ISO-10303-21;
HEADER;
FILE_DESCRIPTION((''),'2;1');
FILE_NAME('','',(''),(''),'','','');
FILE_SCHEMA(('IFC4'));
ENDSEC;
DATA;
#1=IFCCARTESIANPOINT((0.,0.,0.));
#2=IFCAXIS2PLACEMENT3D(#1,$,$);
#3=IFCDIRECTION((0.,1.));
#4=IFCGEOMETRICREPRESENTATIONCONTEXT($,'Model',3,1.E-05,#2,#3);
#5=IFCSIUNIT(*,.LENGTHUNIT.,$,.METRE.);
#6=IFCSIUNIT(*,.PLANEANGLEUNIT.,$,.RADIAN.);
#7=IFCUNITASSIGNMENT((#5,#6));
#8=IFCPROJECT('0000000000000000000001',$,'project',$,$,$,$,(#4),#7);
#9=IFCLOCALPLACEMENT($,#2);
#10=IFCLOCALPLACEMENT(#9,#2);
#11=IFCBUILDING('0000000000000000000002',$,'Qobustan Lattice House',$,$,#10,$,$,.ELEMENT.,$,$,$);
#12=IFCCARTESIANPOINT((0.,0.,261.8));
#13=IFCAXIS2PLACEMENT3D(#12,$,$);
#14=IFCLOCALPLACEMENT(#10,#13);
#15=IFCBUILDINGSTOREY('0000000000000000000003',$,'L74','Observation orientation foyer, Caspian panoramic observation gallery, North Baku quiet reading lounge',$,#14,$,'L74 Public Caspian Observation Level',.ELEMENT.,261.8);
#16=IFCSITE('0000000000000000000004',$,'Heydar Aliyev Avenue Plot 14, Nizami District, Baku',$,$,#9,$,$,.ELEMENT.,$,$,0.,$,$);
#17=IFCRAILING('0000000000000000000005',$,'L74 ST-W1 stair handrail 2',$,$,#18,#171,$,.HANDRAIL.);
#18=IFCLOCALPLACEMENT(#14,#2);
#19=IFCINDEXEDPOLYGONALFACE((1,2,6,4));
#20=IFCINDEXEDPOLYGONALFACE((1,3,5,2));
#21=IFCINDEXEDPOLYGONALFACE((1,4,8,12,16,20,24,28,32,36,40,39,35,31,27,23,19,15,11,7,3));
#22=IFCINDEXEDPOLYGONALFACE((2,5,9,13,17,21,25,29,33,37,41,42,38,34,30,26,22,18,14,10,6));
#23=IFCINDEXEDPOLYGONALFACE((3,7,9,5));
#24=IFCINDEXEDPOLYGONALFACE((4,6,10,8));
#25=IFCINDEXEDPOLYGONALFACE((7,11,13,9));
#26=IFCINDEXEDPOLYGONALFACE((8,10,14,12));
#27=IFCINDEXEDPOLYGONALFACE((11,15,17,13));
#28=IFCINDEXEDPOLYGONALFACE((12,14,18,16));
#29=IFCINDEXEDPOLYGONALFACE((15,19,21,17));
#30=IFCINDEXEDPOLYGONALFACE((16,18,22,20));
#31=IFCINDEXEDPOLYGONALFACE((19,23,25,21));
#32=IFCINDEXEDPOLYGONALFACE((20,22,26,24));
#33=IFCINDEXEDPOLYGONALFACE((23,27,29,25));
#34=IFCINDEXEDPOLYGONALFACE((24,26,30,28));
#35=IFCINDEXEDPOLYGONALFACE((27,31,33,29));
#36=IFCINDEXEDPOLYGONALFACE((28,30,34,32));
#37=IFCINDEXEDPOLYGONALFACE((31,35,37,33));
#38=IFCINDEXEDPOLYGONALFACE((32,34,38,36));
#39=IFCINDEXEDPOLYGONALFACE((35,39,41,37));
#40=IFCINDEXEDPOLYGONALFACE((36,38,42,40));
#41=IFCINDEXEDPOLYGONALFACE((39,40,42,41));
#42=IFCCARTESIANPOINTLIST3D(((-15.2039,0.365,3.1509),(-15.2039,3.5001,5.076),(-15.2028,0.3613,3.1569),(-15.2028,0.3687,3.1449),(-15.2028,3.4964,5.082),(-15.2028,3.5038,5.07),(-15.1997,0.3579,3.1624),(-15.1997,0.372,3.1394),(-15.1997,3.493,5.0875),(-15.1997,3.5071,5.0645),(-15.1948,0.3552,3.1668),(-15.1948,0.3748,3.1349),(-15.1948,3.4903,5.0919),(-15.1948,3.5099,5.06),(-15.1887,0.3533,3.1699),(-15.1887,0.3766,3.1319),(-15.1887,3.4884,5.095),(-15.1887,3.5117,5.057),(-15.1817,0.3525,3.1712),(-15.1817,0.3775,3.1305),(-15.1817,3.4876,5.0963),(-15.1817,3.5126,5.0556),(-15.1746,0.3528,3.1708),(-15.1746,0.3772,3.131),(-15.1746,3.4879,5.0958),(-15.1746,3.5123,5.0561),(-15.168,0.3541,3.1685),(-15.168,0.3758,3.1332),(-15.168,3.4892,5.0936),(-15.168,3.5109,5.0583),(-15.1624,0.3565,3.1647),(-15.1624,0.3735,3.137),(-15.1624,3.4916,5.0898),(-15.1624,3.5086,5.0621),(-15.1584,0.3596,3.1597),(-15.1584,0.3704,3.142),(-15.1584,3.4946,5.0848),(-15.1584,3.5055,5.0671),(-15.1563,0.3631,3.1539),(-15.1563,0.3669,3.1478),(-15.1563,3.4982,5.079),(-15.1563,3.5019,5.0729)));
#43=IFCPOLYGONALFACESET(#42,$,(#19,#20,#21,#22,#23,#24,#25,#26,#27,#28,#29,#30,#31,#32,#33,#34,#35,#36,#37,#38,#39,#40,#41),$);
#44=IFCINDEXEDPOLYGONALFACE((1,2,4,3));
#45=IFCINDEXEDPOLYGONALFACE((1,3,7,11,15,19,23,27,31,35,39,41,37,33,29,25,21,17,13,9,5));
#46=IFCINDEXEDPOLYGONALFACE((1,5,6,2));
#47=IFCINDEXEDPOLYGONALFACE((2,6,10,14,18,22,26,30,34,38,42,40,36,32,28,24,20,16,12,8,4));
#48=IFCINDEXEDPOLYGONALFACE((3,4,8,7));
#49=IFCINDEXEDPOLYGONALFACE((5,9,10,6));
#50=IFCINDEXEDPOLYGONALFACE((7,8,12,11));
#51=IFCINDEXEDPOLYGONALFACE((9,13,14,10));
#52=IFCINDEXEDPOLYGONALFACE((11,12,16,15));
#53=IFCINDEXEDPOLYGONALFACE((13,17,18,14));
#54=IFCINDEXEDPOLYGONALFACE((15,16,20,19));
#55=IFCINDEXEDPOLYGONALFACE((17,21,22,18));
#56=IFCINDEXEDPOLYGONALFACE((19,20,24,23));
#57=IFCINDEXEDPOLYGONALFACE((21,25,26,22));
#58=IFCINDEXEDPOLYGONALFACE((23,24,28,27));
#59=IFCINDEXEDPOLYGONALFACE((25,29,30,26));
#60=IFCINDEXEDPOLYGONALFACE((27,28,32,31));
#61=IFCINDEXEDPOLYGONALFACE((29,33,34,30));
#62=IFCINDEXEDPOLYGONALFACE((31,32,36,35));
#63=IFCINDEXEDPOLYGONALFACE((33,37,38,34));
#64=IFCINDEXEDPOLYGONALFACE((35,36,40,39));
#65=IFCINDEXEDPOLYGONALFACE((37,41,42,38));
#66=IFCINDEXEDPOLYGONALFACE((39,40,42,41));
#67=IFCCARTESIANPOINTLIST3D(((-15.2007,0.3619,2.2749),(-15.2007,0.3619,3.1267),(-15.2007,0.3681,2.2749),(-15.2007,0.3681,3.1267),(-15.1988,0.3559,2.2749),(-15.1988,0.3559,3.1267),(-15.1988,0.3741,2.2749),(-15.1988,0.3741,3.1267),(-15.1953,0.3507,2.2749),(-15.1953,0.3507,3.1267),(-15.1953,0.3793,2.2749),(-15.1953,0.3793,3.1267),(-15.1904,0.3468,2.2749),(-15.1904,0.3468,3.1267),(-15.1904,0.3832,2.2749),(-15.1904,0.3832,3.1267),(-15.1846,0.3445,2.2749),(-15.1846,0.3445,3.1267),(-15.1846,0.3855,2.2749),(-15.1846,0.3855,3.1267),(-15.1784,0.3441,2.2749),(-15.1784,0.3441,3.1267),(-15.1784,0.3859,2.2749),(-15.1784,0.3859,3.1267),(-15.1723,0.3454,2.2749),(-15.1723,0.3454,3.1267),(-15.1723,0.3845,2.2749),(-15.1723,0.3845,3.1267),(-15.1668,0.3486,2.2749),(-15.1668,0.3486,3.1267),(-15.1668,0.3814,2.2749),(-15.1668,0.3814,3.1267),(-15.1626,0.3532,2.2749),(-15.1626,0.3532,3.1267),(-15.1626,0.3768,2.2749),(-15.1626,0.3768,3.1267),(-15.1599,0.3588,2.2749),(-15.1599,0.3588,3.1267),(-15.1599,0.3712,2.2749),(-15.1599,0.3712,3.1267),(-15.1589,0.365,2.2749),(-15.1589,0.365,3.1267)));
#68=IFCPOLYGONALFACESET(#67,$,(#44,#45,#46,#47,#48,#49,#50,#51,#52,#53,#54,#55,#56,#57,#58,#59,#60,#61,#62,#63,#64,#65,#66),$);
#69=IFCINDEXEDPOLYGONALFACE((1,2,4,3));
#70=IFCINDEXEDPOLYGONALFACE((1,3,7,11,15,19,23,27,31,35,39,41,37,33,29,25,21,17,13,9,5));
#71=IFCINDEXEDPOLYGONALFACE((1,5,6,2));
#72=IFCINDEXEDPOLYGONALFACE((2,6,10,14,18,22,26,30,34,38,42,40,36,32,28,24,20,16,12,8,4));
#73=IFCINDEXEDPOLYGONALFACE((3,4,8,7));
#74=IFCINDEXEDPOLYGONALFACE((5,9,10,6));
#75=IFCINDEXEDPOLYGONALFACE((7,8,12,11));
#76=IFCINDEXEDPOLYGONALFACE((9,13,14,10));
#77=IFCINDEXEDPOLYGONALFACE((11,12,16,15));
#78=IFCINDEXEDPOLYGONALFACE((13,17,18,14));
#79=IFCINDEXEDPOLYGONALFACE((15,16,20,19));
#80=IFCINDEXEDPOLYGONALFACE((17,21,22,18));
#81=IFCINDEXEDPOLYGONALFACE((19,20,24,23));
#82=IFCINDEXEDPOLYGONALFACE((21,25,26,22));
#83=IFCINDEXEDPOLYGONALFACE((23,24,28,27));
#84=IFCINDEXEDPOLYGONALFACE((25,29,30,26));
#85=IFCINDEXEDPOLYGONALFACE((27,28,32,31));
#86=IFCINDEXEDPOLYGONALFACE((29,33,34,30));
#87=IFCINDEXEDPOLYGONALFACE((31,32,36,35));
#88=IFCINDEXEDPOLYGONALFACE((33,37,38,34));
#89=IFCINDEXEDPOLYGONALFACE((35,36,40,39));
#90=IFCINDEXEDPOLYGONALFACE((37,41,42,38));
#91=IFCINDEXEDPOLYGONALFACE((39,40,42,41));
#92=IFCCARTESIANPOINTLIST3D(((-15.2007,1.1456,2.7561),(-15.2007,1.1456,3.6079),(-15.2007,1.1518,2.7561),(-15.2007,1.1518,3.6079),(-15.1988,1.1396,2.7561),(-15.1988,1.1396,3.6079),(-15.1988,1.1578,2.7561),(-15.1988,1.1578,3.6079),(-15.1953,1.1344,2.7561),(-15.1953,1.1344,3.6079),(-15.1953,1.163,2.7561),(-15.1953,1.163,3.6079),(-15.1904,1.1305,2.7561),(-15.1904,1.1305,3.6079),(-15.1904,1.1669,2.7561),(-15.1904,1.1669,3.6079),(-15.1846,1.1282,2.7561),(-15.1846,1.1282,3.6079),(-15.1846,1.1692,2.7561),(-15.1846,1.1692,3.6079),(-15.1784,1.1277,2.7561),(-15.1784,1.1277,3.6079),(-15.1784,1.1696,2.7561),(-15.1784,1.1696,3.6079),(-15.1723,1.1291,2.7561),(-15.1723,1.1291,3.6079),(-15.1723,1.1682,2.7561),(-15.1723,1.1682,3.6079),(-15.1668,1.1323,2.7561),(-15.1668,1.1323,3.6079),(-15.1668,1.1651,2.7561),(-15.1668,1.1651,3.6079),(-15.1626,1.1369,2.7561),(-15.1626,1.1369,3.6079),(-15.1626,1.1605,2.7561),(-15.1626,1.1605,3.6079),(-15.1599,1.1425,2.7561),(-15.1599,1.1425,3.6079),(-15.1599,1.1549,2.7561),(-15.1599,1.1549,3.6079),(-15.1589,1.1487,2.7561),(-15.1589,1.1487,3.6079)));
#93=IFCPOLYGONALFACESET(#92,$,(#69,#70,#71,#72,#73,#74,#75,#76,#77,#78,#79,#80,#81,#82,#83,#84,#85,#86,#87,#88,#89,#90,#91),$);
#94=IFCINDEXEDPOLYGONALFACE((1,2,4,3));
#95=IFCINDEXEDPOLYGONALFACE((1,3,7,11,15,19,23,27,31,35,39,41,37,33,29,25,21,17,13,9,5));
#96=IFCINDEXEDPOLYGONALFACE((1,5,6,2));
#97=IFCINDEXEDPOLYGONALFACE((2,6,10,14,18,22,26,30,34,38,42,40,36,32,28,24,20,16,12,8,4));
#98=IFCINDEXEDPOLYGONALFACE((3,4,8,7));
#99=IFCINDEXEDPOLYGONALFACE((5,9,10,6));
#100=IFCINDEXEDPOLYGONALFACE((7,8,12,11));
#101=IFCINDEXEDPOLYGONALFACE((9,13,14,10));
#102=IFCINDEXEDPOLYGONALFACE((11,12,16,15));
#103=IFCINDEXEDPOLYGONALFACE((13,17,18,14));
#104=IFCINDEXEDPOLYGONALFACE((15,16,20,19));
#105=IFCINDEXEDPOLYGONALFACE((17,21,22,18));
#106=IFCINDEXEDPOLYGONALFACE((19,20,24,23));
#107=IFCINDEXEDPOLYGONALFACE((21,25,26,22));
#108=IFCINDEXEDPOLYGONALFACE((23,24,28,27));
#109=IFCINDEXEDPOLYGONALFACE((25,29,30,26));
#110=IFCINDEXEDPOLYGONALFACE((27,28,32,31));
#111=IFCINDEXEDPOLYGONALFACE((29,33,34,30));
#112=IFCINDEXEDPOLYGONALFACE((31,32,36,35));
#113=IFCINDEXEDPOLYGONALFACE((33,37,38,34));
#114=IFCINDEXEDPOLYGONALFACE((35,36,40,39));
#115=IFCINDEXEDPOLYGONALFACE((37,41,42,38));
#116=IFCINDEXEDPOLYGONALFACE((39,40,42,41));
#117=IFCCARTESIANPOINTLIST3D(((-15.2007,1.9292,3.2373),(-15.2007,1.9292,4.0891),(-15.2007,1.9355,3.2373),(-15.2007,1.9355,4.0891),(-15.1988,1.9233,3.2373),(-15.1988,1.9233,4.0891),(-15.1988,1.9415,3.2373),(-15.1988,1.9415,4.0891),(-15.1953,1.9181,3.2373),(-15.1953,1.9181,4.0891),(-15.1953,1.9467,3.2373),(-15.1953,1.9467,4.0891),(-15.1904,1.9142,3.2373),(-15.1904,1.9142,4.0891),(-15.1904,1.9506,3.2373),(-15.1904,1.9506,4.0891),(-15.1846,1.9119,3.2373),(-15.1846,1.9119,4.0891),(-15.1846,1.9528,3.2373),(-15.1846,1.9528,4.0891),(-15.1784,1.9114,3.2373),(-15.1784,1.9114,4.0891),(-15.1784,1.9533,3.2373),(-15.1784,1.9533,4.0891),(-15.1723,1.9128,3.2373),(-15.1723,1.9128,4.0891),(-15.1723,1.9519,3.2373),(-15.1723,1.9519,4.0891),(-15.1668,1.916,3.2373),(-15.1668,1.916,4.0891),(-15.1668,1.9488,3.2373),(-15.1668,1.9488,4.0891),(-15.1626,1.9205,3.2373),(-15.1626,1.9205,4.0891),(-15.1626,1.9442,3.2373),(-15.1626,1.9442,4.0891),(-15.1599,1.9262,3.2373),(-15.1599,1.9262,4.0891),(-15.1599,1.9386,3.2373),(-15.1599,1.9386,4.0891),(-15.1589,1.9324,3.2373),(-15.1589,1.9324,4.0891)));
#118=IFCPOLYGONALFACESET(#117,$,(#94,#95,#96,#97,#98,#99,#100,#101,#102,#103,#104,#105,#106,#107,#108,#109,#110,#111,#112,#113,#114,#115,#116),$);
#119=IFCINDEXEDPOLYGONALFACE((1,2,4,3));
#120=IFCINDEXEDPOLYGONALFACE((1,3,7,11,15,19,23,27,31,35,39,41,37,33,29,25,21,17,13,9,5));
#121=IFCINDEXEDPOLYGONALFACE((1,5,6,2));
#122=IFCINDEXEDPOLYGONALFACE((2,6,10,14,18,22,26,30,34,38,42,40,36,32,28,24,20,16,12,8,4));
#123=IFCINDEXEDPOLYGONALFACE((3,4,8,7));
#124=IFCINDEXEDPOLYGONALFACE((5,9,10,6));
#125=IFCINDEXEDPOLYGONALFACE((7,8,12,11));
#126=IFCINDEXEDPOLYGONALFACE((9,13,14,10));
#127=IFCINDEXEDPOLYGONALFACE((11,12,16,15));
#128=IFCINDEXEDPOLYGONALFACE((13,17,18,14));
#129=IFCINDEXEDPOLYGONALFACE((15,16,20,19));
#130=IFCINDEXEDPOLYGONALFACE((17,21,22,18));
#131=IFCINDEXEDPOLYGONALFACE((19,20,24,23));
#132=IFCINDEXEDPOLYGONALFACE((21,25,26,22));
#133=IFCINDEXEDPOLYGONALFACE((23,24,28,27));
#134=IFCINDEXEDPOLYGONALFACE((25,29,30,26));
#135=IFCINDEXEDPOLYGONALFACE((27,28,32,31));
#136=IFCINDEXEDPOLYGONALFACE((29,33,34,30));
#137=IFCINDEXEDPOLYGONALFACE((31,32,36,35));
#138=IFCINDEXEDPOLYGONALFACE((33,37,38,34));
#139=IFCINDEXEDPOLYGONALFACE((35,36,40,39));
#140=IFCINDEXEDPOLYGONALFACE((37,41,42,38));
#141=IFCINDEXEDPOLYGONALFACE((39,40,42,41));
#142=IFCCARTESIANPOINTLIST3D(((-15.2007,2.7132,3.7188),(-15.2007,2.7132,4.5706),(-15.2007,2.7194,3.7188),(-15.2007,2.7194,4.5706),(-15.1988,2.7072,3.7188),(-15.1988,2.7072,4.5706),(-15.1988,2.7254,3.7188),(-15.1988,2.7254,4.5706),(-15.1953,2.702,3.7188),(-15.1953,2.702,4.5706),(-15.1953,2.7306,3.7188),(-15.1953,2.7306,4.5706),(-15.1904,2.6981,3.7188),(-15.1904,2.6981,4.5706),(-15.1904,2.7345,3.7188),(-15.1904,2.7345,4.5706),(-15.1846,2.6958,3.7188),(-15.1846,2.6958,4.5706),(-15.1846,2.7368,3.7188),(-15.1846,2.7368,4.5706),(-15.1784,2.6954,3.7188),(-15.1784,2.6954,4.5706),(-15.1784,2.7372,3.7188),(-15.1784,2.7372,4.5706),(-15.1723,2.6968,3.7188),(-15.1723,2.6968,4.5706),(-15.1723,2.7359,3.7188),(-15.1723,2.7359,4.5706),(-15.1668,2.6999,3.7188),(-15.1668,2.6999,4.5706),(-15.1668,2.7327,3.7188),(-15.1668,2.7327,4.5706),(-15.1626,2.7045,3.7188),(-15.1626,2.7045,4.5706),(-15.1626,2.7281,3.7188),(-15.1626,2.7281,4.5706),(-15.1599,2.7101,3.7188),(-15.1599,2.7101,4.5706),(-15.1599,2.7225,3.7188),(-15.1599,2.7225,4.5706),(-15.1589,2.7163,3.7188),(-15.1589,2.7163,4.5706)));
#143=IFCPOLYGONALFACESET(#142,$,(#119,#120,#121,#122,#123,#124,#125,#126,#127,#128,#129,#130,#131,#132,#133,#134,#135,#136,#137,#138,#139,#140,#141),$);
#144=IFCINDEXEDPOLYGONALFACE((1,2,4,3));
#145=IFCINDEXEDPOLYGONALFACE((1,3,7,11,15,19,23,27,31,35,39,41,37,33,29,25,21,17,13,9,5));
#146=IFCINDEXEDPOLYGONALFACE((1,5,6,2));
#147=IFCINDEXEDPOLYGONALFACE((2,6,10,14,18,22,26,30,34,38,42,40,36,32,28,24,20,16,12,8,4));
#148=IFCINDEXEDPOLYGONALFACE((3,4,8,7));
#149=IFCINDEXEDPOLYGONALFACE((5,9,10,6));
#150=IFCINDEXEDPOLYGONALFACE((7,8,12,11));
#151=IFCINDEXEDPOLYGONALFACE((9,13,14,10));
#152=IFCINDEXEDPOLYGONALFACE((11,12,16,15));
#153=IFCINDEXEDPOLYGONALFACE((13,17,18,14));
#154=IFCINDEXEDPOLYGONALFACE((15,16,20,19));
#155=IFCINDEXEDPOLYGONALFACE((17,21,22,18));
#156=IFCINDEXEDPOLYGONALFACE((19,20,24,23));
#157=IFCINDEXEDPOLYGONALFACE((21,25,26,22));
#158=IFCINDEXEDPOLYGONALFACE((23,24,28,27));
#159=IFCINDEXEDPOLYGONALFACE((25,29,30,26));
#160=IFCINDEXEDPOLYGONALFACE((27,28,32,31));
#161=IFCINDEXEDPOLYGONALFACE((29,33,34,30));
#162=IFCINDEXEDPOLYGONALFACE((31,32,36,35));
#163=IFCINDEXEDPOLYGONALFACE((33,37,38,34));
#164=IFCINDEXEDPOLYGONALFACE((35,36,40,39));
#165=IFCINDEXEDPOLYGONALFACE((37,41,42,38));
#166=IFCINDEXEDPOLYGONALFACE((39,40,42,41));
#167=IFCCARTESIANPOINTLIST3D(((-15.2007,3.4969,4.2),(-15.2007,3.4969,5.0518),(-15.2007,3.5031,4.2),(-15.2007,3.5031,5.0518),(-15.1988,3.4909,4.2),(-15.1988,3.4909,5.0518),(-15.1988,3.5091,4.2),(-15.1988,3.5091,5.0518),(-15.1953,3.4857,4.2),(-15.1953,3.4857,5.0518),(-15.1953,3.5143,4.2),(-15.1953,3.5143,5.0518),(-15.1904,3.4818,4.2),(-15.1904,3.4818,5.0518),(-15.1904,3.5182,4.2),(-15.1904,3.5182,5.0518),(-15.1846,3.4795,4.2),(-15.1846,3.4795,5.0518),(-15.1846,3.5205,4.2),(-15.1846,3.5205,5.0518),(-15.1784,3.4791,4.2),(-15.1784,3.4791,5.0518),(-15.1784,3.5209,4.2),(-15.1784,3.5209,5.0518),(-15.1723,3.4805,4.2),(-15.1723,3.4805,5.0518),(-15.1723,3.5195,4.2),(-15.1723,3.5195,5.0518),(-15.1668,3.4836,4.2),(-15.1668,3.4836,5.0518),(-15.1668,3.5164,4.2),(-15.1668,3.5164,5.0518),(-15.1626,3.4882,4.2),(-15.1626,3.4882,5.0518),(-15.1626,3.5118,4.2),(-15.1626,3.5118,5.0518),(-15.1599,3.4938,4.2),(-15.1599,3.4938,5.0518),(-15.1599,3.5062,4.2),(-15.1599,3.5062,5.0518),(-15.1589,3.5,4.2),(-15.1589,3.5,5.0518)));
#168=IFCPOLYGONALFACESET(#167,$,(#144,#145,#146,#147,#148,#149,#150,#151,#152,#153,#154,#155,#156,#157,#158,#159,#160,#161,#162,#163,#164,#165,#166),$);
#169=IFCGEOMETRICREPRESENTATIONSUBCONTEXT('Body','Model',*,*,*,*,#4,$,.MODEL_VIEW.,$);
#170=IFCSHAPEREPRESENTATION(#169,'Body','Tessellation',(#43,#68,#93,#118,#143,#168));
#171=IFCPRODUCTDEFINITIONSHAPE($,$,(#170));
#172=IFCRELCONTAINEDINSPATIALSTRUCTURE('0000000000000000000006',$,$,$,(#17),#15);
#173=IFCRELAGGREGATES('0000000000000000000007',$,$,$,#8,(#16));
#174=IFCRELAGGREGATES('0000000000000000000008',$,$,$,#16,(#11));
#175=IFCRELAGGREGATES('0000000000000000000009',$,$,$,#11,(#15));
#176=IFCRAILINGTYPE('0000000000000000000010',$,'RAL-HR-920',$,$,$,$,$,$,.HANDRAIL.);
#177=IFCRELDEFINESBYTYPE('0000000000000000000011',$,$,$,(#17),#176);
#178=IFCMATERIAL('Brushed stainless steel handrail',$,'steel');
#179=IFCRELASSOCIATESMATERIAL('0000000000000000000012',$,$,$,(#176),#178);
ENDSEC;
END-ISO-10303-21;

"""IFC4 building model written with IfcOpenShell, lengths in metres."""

from ifc_helpers import new_model, si_unit, direction, frame, origin, origin_2d, place, context, subcontext, project, spatial, circle, extrude, material, type_object, element, save


model = new_model("IFC4")

# Units and contexts
model_context = context("Model", 3, precision=1e-05, world=origin(), true_north=direction((0.0, 1.0)))
body_context = subcontext(model_context, "Body", "Model", "MODEL_VIEW")
ifc_project = project(units=[si_unit("LENGTHUNIT", "METRE"), si_unit("PLANEANGLEUNIT", "RADIAN")], contexts=[model_context])

# Site, building, storey
site_placement = place(None, origin())
site = spatial("IfcSite", under=ifc_project, at=site_placement, Name="Heydar Aliyev Avenue Plot 14, Nizami District, Baku", CompositionType="ELEMENT", RefElevation=0.0)
building_placement = place(site_placement, origin())
building = spatial("IfcBuilding", under=site, at=building_placement, Name="Qobustan Lattice House", CompositionType="ELEMENT")
storey_placement = place(building_placement, frame((0.0, 0.0, 261.8)))
storey = spatial("IfcBuildingStorey", under=building, at=storey_placement, Name="L74", Description="Observation orientation foyer, Caspian panoramic observation gallery, North Baku quiet reading lounge", LongName="L74 Public Caspian Observation Level", CompositionType="ELEMENT", Elevation=261.8)

# Railing
ifc_material_1 = material(Name="Brushed stainless steel handrail", Category="steel")
railing_type_1 = type_object("IfcRailingType", Name="RAL-HR-920", PredefinedType="HANDRAIL", material=ifc_material_1)
railing_1_placement = place(storey_placement, frame((-15.1799, 0.365, 2.2749)))
element("IfcRailing", 1, at=railing_1_placement, inside=storey, type_object=railing_type_1, Name="L74 ST-W1 stair handrail 2", PredefinedType="HANDRAIL", context=body_context, shape_type="SweptSolid", body=[
    extrude(circle(Radius=0.0239, at=origin_2d()), frame((0.0, 0.0, 0.876), z_axis=(0.0, 0.852166, 0.523271), x_axis=(-1.0, 0.0, 0.0)), (0.0, 0.0, 1.0), 3.679),
    extrude(circle(Radius=0.021, at=origin_2d()), origin(), (0.0, 0.0, 1.0), 0.8518),
    extrude(circle(Radius=0.021, at=origin_2d()), frame((0.0, 0.7837, 0.4812)), (0.0, 0.0, 1.0), 0.8518),
    extrude(circle(Radius=0.021, at=origin_2d()), frame((0.0, 1.5674, 0.9624)), (0.0, 0.0, 1.0), 0.8518),
    extrude(circle(Radius=0.021, at=origin_2d()), frame((0.0, 2.3513, 1.4438)), (0.0, 0.0, 1.0), 0.8518),
    extrude(circle(Radius=0.021, at=origin_2d()), frame((0.0, 3.135, 1.925)), (0.0, 0.0, 1.0), 0.8518),
])

save(model, "model.ifc")
